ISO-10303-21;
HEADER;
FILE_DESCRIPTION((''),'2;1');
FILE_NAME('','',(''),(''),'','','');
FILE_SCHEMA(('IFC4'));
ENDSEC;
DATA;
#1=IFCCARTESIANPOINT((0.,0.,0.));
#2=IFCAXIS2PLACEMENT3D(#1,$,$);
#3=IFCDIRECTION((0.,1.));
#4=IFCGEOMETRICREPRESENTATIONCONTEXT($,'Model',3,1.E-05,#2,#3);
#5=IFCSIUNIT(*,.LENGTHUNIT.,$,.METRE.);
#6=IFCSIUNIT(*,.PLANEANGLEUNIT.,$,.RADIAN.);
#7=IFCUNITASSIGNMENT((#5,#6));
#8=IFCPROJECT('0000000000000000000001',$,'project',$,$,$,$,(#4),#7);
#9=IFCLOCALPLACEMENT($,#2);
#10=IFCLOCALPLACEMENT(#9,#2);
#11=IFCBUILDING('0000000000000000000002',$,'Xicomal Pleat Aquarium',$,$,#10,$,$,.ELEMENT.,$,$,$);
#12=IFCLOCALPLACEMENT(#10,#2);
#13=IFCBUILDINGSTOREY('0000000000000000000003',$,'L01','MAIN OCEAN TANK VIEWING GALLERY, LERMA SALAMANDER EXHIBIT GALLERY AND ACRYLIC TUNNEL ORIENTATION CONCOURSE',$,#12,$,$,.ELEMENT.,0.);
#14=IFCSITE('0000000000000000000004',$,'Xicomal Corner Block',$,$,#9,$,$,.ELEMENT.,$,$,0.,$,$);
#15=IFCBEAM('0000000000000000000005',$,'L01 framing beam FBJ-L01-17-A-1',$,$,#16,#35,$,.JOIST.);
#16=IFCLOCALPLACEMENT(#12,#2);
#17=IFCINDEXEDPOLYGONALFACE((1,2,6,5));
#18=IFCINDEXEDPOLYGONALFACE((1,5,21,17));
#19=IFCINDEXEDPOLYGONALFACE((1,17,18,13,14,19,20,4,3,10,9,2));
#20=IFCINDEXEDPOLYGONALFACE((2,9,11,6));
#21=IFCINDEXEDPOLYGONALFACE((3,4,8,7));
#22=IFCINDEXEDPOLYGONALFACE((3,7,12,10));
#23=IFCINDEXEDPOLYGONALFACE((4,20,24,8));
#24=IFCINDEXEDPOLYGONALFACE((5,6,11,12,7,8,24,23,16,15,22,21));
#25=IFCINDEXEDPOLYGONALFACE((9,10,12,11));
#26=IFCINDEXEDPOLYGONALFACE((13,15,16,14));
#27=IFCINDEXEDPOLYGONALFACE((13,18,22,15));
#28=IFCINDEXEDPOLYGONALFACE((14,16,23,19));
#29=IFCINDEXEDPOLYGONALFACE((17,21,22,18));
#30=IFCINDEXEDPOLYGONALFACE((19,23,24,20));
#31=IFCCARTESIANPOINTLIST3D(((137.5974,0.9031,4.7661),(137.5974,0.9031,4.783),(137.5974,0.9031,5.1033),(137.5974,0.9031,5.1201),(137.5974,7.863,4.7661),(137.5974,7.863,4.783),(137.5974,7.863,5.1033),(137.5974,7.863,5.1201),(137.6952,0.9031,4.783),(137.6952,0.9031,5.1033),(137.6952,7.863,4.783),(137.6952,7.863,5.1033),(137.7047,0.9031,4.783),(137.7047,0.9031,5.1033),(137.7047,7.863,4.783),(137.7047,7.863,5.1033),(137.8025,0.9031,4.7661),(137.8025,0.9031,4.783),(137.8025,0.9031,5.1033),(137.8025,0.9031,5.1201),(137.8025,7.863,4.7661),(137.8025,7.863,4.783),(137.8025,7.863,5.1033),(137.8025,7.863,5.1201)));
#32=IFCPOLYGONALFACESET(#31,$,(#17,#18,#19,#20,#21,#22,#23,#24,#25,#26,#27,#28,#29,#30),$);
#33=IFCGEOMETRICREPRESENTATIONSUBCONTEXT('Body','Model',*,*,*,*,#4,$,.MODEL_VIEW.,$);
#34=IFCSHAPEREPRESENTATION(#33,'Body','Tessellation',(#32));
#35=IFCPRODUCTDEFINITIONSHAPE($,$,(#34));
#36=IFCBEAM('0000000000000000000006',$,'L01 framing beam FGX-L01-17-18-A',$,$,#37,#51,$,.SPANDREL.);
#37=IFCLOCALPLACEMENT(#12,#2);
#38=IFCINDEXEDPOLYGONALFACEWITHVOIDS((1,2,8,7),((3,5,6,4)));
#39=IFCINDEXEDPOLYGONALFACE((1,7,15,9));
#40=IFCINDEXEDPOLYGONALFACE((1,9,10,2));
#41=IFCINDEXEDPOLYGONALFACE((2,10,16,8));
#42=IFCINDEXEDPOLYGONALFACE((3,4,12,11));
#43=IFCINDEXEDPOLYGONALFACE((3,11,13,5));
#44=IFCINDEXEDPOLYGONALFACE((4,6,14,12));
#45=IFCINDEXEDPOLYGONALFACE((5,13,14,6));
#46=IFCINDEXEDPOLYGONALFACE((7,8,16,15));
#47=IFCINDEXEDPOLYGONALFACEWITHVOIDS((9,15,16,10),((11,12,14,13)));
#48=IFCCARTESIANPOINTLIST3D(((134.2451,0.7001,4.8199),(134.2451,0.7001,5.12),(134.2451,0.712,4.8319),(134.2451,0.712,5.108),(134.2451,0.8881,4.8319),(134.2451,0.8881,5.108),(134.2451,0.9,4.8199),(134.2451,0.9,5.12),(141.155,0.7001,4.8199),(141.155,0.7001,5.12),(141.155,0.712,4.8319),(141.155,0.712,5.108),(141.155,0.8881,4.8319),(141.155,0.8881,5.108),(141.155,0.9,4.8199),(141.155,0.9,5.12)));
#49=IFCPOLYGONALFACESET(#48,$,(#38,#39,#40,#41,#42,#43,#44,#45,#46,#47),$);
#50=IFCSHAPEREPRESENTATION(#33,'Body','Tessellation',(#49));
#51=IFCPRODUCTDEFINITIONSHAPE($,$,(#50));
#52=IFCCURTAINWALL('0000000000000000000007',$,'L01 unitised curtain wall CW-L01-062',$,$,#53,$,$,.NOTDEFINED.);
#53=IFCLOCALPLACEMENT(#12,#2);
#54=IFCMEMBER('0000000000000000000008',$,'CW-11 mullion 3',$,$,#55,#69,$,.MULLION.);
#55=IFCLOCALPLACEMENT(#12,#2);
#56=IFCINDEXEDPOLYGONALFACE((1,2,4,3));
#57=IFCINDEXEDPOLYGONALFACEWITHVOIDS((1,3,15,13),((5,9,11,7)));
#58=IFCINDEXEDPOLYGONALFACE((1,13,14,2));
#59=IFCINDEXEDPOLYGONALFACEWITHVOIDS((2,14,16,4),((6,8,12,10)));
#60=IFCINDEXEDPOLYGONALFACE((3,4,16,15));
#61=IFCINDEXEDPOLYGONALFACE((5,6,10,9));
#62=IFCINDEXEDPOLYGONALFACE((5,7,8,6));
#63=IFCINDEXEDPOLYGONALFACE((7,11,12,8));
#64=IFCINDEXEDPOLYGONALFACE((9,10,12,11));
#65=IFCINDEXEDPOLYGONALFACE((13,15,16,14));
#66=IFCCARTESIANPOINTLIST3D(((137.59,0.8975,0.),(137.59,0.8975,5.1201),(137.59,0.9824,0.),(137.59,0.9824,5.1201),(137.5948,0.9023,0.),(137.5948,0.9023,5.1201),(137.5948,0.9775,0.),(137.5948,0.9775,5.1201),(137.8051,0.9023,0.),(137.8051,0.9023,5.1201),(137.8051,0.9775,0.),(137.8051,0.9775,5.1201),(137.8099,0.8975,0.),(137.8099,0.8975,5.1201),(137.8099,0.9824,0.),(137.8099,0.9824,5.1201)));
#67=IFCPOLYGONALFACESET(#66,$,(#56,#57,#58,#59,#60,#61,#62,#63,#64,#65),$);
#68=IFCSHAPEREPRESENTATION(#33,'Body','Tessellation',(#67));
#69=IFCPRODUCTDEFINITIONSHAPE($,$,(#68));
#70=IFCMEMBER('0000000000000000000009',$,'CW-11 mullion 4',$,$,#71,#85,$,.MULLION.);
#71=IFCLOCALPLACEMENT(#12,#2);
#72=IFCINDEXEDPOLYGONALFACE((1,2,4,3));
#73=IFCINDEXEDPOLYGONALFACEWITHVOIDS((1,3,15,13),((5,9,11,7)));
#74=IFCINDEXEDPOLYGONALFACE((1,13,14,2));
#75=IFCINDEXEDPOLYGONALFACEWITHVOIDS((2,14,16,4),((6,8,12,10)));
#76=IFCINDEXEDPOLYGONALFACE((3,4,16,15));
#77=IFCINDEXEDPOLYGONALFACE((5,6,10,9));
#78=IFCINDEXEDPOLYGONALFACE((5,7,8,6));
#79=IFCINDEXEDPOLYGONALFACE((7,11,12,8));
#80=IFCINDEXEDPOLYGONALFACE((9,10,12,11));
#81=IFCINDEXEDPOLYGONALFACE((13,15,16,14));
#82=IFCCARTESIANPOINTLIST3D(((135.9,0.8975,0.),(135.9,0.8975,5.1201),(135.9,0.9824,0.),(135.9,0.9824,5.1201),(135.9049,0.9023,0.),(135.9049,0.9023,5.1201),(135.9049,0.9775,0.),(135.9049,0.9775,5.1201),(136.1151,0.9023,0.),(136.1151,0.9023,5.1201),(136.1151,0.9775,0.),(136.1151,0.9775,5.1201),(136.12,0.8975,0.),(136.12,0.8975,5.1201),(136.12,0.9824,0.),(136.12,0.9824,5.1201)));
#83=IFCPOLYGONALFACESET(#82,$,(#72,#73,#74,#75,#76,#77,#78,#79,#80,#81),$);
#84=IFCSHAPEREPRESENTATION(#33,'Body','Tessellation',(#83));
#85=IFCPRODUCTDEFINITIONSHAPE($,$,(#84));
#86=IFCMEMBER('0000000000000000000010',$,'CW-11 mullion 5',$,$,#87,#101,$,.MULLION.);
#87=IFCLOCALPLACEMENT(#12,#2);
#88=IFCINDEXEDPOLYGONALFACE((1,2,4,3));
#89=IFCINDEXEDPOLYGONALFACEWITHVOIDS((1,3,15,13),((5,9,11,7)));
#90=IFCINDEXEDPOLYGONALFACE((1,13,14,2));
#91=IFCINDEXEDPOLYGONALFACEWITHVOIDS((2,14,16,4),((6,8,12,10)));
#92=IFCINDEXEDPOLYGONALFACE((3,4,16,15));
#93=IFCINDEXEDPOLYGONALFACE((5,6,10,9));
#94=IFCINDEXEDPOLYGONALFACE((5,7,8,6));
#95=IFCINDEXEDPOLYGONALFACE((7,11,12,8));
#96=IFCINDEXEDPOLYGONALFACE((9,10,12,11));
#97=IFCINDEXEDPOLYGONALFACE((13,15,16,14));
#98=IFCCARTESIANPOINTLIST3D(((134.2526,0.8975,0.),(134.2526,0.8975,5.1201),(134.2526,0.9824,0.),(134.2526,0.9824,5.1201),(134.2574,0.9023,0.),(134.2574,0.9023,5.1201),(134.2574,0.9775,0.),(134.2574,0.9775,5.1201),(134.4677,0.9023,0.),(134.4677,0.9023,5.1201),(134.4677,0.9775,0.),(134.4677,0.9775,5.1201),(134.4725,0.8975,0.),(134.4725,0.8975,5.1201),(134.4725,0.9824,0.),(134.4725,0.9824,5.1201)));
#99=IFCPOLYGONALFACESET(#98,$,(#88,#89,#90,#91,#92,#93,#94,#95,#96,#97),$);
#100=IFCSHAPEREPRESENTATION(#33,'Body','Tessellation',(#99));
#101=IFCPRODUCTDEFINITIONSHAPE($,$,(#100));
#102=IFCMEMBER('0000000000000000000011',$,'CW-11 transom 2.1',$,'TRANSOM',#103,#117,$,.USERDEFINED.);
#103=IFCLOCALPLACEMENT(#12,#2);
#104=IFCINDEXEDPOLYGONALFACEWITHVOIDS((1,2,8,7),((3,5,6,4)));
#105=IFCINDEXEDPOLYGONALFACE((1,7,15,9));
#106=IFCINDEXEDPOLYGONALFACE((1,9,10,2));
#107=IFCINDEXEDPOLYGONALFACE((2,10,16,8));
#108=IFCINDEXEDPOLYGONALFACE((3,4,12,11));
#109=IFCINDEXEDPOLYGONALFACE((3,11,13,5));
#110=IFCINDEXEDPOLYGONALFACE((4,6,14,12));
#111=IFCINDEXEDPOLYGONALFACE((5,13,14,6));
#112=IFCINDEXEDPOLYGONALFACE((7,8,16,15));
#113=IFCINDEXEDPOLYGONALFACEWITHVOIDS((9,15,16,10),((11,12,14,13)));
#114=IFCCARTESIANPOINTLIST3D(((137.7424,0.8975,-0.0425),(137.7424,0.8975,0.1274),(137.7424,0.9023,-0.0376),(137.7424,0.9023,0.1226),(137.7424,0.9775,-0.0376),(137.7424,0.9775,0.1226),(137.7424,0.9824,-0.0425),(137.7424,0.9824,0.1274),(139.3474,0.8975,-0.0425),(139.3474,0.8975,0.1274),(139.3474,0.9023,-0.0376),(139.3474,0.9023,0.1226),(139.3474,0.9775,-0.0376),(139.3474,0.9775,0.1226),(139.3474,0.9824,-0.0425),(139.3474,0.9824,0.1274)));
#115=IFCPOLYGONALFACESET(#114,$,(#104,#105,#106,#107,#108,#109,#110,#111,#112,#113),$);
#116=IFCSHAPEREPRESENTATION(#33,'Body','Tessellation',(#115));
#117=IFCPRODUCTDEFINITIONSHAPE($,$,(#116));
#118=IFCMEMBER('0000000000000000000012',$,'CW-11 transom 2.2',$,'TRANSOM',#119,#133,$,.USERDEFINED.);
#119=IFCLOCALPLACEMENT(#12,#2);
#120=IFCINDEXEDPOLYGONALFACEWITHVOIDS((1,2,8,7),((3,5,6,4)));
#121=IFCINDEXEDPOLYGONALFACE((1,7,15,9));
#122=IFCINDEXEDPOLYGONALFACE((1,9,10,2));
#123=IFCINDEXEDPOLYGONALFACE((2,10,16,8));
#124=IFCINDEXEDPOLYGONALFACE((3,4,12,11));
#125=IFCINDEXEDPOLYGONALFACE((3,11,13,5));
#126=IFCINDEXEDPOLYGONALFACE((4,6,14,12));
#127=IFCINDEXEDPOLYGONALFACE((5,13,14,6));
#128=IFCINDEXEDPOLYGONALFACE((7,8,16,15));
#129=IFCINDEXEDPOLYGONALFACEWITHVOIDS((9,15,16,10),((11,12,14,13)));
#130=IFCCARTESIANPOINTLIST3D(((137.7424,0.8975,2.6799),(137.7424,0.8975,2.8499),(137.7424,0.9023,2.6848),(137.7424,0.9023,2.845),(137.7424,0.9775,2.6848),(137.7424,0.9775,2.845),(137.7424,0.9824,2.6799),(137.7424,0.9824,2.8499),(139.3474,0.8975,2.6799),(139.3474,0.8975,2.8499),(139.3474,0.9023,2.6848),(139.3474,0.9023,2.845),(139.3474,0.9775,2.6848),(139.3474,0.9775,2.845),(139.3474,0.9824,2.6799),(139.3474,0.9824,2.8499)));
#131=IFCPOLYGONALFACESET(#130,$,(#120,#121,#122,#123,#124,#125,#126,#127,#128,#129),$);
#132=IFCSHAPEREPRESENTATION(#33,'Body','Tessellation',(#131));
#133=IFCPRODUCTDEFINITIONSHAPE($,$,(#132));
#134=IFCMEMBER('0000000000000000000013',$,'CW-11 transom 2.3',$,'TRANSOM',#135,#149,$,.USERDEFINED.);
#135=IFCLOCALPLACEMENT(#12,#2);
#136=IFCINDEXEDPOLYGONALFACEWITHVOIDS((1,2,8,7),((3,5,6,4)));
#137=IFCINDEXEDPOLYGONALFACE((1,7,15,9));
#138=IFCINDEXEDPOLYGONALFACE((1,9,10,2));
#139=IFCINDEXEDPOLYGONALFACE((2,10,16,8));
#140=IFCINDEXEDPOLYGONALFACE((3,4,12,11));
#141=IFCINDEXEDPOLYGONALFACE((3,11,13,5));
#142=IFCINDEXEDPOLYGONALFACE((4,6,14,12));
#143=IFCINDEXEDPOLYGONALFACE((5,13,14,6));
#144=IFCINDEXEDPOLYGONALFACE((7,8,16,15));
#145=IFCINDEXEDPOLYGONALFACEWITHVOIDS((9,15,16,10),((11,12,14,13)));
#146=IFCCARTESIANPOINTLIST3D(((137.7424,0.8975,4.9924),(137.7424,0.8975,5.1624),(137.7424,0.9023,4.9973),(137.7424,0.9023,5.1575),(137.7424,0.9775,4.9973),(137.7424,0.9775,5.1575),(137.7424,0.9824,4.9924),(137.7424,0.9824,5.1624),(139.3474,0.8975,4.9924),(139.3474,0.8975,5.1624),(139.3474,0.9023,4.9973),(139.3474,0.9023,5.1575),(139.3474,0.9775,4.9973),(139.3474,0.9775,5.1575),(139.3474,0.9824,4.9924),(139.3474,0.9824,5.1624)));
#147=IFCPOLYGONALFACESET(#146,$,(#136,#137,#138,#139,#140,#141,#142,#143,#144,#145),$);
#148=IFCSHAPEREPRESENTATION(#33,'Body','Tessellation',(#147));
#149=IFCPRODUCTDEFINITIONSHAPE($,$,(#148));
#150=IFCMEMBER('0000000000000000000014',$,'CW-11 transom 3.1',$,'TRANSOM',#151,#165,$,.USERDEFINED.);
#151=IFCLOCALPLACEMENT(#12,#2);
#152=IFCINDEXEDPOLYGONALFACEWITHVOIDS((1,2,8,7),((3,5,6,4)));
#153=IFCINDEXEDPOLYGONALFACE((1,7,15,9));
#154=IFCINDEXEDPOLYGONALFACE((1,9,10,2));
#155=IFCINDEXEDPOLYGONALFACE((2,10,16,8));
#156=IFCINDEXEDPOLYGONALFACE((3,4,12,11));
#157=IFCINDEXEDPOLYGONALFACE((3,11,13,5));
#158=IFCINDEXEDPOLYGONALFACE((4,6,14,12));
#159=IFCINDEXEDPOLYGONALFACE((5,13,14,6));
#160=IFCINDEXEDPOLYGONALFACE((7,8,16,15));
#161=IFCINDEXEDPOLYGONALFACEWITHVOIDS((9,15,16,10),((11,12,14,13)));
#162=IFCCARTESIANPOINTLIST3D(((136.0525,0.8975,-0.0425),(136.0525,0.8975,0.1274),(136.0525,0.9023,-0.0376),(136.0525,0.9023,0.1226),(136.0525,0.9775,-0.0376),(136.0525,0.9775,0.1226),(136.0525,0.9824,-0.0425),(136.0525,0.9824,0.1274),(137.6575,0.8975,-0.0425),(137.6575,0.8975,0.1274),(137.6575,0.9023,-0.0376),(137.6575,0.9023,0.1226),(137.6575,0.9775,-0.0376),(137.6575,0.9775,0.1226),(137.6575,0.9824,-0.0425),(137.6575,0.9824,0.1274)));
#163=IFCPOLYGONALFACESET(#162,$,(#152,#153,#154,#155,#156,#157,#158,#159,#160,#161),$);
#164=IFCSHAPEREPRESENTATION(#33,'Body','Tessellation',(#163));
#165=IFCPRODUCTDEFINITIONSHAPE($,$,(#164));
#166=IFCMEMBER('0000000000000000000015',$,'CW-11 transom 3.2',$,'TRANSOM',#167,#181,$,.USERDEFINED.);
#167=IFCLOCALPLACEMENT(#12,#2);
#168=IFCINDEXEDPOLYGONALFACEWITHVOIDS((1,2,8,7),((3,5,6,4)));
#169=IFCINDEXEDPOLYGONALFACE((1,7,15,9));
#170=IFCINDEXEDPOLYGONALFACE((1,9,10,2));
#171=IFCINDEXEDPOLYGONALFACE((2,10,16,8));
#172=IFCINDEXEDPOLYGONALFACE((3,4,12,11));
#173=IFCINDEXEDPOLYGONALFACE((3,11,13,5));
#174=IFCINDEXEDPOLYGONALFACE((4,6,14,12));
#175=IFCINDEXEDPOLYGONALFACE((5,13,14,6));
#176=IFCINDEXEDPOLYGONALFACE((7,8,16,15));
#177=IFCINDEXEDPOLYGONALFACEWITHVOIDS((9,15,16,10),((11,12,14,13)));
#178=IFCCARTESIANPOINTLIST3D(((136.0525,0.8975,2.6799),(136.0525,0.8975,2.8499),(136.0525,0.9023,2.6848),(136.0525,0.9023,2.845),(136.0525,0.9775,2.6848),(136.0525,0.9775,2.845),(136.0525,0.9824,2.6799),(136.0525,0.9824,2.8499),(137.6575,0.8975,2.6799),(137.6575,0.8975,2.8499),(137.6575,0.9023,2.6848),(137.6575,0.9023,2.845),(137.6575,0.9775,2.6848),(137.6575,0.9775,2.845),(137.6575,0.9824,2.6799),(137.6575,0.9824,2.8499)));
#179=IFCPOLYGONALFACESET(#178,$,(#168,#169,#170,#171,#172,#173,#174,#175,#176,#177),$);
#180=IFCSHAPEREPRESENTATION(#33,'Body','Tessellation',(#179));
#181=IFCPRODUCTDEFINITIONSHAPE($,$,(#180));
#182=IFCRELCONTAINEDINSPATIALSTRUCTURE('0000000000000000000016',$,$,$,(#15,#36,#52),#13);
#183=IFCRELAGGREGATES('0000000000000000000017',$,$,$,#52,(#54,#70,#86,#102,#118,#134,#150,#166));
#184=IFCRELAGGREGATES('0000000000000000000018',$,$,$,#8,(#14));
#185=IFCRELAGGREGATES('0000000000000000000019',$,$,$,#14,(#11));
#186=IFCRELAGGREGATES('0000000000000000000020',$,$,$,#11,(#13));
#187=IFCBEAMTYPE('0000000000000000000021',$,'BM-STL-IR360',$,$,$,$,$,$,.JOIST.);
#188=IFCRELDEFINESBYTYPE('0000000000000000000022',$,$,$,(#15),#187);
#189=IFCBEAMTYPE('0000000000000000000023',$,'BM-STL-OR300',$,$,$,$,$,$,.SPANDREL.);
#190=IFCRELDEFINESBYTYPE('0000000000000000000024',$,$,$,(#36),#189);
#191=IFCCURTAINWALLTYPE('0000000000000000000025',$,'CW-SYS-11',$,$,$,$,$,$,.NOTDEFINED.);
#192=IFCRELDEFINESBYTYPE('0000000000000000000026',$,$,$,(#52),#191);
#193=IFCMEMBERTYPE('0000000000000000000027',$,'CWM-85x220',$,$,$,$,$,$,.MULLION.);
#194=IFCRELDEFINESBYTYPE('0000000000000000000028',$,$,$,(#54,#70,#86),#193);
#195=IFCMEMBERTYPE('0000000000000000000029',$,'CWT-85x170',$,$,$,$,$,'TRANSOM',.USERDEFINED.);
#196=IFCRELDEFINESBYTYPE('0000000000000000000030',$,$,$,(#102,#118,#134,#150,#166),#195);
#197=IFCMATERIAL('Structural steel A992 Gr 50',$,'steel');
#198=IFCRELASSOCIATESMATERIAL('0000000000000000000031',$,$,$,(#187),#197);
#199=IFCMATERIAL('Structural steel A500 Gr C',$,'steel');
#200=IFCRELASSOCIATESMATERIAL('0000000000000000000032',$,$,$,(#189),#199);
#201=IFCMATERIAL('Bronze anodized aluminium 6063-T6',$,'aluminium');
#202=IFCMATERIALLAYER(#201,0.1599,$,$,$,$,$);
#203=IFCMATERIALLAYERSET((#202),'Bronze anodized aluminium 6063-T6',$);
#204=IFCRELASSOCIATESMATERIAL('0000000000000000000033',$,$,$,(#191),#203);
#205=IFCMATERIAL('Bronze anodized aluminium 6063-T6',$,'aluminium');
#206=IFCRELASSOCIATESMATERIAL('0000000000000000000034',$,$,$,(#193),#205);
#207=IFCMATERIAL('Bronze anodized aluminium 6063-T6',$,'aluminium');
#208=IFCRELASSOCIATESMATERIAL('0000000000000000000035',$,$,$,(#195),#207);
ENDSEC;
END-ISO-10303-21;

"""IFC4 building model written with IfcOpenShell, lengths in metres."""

from ifc_helpers import new_model, si_unit, direction, frame, origin, origin_2d, place, context, subcontext, project, spatial, hollow_rectangle, i_section, extrude, material, layer, layer_set, material_profile, profile_set, type_object, element, aggregate, save


model = new_model("IFC4")

# Units and contexts
model_context = context("Model", 3, precision=1e-05, world=origin(), true_north=direction((0.0, 1.0)))
body_context = subcontext(model_context, "Body", "Model", "MODEL_VIEW")
ifc_project = project(units=[si_unit("LENGTHUNIT", "METRE"), si_unit("PLANEANGLEUNIT", "RADIAN")], contexts=[model_context])

# Site, building, storey
site_placement = place(None, origin())
site = spatial("IfcSite", under=ifc_project, at=site_placement, Name="Xicomal Corner Block", CompositionType="ELEMENT", RefElevation=0.0)
building_placement = place(site_placement, origin())
building = spatial("IfcBuilding", under=site, at=building_placement, Name="Xicomal Pleat Aquarium", CompositionType="ELEMENT")
storey_placement = place(building_placement, origin())
storey = spatial("IfcBuildingStorey", under=building, at=storey_placement, Name="L01", Description="MAIN OCEAN TANK VIEWING GALLERY, LERMA SALAMANDER EXHIBIT GALLERY AND ACRYLIC TUNNEL ORIENTATION CONCOURSE", CompositionType="ELEMENT", Elevation=0.0)

# Beams
ifc_material_1 = material(Name="Structural steel A992 Gr 50", Category="steel")
ifc_material_profile_1 = material_profile(ifc_material_1, i_section(OverallWidth=0.2051, OverallDepth=0.354, WebThickness=0.0095, FlangeThickness=0.0168, at=origin_2d()), Name="IR 360x79")
ifc_profile_set_1 = profile_set([ifc_material_profile_1], Name="Structural steel A992 Gr 50")
beam_type_1 = type_object("IfcBeamType", Name="BM-STL-IR360", PredefinedType="JOIST", material=ifc_profile_set_1)
beam_1_placement = place(storey_placement, frame((137.7, 0.9031, 4.9431), z_axis=(0.0, 1.0, 0.0), x_axis=(-1.0, 0.0, 0.0)))
element("IfcBeam", 1, at=beam_1_placement, inside=storey, type_object=beam_type_1, Name="L01 framing beam FBJ-L01-17-A-1", PredefinedType="JOIST", context=body_context, shape_type="SweptSolid", body=[
    extrude(i_section(OverallWidth=0.2051, OverallDepth=0.354, WebThickness=0.0095, FlangeThickness=0.0168, at=origin_2d()), origin(), (0.0, 0.0, 1.0), 6.96),
])
ifc_material_2 = material(Name="Structural steel A500 Gr C", Category="steel")
ifc_material_profile_2 = material_profile(ifc_material_2, hollow_rectangle(XDim=0.2, YDim=0.3, WallThickness=0.012, at=origin_2d()), Name="OR 300x200x12")
ifc_profile_set_2 = profile_set([ifc_material_profile_2], Name="Structural steel A500 Gr C")
beam_type_2 = type_object("IfcBeamType", Name="BM-STL-OR300", PredefinedType="SPANDREL", material=ifc_profile_set_2)
beam_2_placement = place(storey_placement, frame((134.2451, 0.8, 4.97), z_axis=(1.0, 0.0, 0.0), x_axis=(0.0, 1.0, 0.0)))
element("IfcBeam", 2, at=beam_2_placement, inside=storey, type_object=beam_type_2, Name="L01 framing beam FGX-L01-17-18-A", PredefinedType="SPANDREL", context=body_context, shape_type="SweptSolid", body=[
    extrude(hollow_rectangle(XDim=0.2, YDim=0.3, WallThickness=0.012, at=origin_2d()), origin(), (0.0, 0.0, 1.0), 6.9099),
])

# Curtain wall, members
ifc_material_3 = material(Name="Bronze anodized aluminium 6063-T6", Category="aluminium")
ifc_layer_1 = layer(ifc_material_3, 0.1599)
ifc_layer_set_1 = layer_set([ifc_layer_1], Name="Bronze anodized aluminium 6063-T6")
curtain_wall_type = type_object("IfcCurtainWallType", Name="CW-SYS-11", PredefinedType="NOTDEFINED", material=ifc_layer_set_1)
curtain_wall_placement = place(storey_placement, origin())
curtain_wall = element("IfcCurtainWall", 3, at=curtain_wall_placement, inside=storey, type_object=curtain_wall_type, Name="L01 unitised curtain wall CW-L01-062", PredefinedType="NOTDEFINED")
ifc_material_4 = material(Name="Bronze anodized aluminium 6063-T6", Category="aluminium")
ifc_material_profile_3 = material_profile(ifc_material_4, hollow_rectangle(XDim=0.085, YDim=0.22, WallThickness=0.0049, at=origin_2d()), Name="ALU MULL 85x220")
ifc_profile_set_3 = profile_set([ifc_material_profile_3], Name="Bronze anodized aluminium 6063-T6")
member_type_1 = type_object("IfcMemberType", Name="CWM-85x220", PredefinedType="MULLION", material=ifc_profile_set_3)
member_1_placement = place(storey_placement, frame((137.7, 0.9399, 0.0), z_axis=(0.0, 0.0, 1.0), x_axis=(0.0, -1.0, 0.0)))
member_1 = element("IfcMember", 4, at=member_1_placement, type_object=member_type_1, Name="CW-11 mullion 3", PredefinedType="MULLION", context=body_context, shape_type="SweptSolid", body=[
    extrude(hollow_rectangle(XDim=0.085, YDim=0.22, WallThickness=0.0049, at=origin_2d()), origin(), (0.0, 0.0, 1.0), 5.1201),
])
member_2_placement = place(storey_placement, frame((136.01, 0.9399, 0.0), z_axis=(0.0, 0.0, 1.0), x_axis=(0.0, -1.0, 0.0)))
member_2 = element("IfcMember", 5, at=member_2_placement, type_object=member_type_1, Name="CW-11 mullion 4", PredefinedType="MULLION", context=body_context, shape_type="SweptSolid", body=[
    extrude(hollow_rectangle(XDim=0.085, YDim=0.22, WallThickness=0.0049, at=origin_2d()), origin(), (0.0, 0.0, 1.0), 5.1201),
])
member_3_placement = place(storey_placement, frame((134.3625, 0.9399, 0.0), z_axis=(0.0, 0.0, 1.0), x_axis=(0.0, -1.0, 0.0)))
member_3 = element("IfcMember", 6, at=member_3_placement, type_object=member_type_1, Name="CW-11 mullion 5", PredefinedType="MULLION", context=body_context, shape_type="SweptSolid", body=[
    extrude(hollow_rectangle(XDim=0.085, YDim=0.22, WallThickness=0.0049, at=origin_2d()), origin(), (0.0, 0.0, 1.0), 5.1201),
])
ifc_material_5 = material(Name="Bronze anodized aluminium 6063-T6", Category="aluminium")
ifc_material_profile_4 = material_profile(ifc_material_5, hollow_rectangle(XDim=0.085, YDim=0.1699, WallThickness=0.0049, at=origin_2d()), Name="ALU TRAN 85x170")
ifc_profile_set_4 = profile_set([ifc_material_profile_4], Name="Bronze anodized aluminium 6063-T6")
member_type_2 = type_object("IfcMemberType", Name="CWT-85x170", ElementType="TRANSOM", PredefinedType="USERDEFINED", material=ifc_profile_set_4)
member_4_placement = place(storey_placement, frame((139.3474, 0.9399, 0.0425), z_axis=(-1.0, 0.0, 0.0), x_axis=(0.0, -1.0, 0.0)))
member_4 = element("IfcMember", 7, at=member_4_placement, type_object=member_type_2, Name="CW-11 transom 2.1", ObjectType="TRANSOM", PredefinedType="USERDEFINED", context=body_context, shape_type="SweptSolid", body=[
    extrude(hollow_rectangle(XDim=0.085, YDim=0.1699, WallThickness=0.0049, at=origin_2d()), origin(), (0.0, 0.0, 1.0), 1.605),
])
member_5_placement = place(storey_placement, frame((139.3474, 0.9399, 2.7649), z_axis=(-1.0, 0.0, 0.0), x_axis=(0.0, -1.0, 0.0)))
member_5 = element("IfcMember", 8, at=member_5_placement, type_object=member_type_2, Name="CW-11 transom 2.2", ObjectType="TRANSOM", PredefinedType="USERDEFINED", context=body_context, shape_type="SweptSolid", body=[
    extrude(hollow_rectangle(XDim=0.085, YDim=0.1699, WallThickness=0.0049, at=origin_2d()), origin(), (0.0, 0.0, 1.0), 1.605),
])
member_6_placement = place(storey_placement, frame((139.3474, 0.9399, 5.0774), z_axis=(-1.0, 0.0, 0.0), x_axis=(0.0, -1.0, 0.0)))
member_6 = element("IfcMember", 9, at=member_6_placement, type_object=member_type_2, Name="CW-11 transom 2.3", ObjectType="TRANSOM", PredefinedType="USERDEFINED", context=body_context, shape_type="SweptSolid", body=[
    extrude(hollow_rectangle(XDim=0.085, YDim=0.1699, WallThickness=0.0049, at=origin_2d()), origin(), (0.0, 0.0, 1.0), 1.605),
])
member_7_placement = place(storey_placement, frame((137.6575, 0.9399, 0.0425), z_axis=(-1.0, 0.0, 0.0), x_axis=(0.0, -1.0, 0.0)))
member_7 = element("IfcMember", 10, at=member_7_placement, type_object=member_type_2, Name="CW-11 transom 3.1", ObjectType="TRANSOM", PredefinedType="USERDEFINED", context=body_context, shape_type="SweptSolid", body=[
    extrude(hollow_rectangle(XDim=0.085, YDim=0.1699, WallThickness=0.0049, at=origin_2d()), origin(), (0.0, 0.0, 1.0), 1.605),
])
member_8_placement = place(storey_placement, frame((137.6575, 0.9399, 2.7649), z_axis=(-1.0, 0.0, 0.0), x_axis=(0.0, -1.0, 0.0)))
member_8 = element("IfcMember", 11, at=member_8_placement, type_object=member_type_2, Name="CW-11 transom 3.2", ObjectType="TRANSOM", PredefinedType="USERDEFINED", context=body_context, shape_type="SweptSolid", body=[
    extrude(hollow_rectangle(XDim=0.085, YDim=0.1699, WallThickness=0.0049, at=origin_2d()), origin(), (0.0, 0.0, 1.0), 1.605),
])
aggregate(curtain_wall, [member_1, member_2, member_3, member_4, member_5, member_6, member_7, member_8])

save(model, "model.ifc")
